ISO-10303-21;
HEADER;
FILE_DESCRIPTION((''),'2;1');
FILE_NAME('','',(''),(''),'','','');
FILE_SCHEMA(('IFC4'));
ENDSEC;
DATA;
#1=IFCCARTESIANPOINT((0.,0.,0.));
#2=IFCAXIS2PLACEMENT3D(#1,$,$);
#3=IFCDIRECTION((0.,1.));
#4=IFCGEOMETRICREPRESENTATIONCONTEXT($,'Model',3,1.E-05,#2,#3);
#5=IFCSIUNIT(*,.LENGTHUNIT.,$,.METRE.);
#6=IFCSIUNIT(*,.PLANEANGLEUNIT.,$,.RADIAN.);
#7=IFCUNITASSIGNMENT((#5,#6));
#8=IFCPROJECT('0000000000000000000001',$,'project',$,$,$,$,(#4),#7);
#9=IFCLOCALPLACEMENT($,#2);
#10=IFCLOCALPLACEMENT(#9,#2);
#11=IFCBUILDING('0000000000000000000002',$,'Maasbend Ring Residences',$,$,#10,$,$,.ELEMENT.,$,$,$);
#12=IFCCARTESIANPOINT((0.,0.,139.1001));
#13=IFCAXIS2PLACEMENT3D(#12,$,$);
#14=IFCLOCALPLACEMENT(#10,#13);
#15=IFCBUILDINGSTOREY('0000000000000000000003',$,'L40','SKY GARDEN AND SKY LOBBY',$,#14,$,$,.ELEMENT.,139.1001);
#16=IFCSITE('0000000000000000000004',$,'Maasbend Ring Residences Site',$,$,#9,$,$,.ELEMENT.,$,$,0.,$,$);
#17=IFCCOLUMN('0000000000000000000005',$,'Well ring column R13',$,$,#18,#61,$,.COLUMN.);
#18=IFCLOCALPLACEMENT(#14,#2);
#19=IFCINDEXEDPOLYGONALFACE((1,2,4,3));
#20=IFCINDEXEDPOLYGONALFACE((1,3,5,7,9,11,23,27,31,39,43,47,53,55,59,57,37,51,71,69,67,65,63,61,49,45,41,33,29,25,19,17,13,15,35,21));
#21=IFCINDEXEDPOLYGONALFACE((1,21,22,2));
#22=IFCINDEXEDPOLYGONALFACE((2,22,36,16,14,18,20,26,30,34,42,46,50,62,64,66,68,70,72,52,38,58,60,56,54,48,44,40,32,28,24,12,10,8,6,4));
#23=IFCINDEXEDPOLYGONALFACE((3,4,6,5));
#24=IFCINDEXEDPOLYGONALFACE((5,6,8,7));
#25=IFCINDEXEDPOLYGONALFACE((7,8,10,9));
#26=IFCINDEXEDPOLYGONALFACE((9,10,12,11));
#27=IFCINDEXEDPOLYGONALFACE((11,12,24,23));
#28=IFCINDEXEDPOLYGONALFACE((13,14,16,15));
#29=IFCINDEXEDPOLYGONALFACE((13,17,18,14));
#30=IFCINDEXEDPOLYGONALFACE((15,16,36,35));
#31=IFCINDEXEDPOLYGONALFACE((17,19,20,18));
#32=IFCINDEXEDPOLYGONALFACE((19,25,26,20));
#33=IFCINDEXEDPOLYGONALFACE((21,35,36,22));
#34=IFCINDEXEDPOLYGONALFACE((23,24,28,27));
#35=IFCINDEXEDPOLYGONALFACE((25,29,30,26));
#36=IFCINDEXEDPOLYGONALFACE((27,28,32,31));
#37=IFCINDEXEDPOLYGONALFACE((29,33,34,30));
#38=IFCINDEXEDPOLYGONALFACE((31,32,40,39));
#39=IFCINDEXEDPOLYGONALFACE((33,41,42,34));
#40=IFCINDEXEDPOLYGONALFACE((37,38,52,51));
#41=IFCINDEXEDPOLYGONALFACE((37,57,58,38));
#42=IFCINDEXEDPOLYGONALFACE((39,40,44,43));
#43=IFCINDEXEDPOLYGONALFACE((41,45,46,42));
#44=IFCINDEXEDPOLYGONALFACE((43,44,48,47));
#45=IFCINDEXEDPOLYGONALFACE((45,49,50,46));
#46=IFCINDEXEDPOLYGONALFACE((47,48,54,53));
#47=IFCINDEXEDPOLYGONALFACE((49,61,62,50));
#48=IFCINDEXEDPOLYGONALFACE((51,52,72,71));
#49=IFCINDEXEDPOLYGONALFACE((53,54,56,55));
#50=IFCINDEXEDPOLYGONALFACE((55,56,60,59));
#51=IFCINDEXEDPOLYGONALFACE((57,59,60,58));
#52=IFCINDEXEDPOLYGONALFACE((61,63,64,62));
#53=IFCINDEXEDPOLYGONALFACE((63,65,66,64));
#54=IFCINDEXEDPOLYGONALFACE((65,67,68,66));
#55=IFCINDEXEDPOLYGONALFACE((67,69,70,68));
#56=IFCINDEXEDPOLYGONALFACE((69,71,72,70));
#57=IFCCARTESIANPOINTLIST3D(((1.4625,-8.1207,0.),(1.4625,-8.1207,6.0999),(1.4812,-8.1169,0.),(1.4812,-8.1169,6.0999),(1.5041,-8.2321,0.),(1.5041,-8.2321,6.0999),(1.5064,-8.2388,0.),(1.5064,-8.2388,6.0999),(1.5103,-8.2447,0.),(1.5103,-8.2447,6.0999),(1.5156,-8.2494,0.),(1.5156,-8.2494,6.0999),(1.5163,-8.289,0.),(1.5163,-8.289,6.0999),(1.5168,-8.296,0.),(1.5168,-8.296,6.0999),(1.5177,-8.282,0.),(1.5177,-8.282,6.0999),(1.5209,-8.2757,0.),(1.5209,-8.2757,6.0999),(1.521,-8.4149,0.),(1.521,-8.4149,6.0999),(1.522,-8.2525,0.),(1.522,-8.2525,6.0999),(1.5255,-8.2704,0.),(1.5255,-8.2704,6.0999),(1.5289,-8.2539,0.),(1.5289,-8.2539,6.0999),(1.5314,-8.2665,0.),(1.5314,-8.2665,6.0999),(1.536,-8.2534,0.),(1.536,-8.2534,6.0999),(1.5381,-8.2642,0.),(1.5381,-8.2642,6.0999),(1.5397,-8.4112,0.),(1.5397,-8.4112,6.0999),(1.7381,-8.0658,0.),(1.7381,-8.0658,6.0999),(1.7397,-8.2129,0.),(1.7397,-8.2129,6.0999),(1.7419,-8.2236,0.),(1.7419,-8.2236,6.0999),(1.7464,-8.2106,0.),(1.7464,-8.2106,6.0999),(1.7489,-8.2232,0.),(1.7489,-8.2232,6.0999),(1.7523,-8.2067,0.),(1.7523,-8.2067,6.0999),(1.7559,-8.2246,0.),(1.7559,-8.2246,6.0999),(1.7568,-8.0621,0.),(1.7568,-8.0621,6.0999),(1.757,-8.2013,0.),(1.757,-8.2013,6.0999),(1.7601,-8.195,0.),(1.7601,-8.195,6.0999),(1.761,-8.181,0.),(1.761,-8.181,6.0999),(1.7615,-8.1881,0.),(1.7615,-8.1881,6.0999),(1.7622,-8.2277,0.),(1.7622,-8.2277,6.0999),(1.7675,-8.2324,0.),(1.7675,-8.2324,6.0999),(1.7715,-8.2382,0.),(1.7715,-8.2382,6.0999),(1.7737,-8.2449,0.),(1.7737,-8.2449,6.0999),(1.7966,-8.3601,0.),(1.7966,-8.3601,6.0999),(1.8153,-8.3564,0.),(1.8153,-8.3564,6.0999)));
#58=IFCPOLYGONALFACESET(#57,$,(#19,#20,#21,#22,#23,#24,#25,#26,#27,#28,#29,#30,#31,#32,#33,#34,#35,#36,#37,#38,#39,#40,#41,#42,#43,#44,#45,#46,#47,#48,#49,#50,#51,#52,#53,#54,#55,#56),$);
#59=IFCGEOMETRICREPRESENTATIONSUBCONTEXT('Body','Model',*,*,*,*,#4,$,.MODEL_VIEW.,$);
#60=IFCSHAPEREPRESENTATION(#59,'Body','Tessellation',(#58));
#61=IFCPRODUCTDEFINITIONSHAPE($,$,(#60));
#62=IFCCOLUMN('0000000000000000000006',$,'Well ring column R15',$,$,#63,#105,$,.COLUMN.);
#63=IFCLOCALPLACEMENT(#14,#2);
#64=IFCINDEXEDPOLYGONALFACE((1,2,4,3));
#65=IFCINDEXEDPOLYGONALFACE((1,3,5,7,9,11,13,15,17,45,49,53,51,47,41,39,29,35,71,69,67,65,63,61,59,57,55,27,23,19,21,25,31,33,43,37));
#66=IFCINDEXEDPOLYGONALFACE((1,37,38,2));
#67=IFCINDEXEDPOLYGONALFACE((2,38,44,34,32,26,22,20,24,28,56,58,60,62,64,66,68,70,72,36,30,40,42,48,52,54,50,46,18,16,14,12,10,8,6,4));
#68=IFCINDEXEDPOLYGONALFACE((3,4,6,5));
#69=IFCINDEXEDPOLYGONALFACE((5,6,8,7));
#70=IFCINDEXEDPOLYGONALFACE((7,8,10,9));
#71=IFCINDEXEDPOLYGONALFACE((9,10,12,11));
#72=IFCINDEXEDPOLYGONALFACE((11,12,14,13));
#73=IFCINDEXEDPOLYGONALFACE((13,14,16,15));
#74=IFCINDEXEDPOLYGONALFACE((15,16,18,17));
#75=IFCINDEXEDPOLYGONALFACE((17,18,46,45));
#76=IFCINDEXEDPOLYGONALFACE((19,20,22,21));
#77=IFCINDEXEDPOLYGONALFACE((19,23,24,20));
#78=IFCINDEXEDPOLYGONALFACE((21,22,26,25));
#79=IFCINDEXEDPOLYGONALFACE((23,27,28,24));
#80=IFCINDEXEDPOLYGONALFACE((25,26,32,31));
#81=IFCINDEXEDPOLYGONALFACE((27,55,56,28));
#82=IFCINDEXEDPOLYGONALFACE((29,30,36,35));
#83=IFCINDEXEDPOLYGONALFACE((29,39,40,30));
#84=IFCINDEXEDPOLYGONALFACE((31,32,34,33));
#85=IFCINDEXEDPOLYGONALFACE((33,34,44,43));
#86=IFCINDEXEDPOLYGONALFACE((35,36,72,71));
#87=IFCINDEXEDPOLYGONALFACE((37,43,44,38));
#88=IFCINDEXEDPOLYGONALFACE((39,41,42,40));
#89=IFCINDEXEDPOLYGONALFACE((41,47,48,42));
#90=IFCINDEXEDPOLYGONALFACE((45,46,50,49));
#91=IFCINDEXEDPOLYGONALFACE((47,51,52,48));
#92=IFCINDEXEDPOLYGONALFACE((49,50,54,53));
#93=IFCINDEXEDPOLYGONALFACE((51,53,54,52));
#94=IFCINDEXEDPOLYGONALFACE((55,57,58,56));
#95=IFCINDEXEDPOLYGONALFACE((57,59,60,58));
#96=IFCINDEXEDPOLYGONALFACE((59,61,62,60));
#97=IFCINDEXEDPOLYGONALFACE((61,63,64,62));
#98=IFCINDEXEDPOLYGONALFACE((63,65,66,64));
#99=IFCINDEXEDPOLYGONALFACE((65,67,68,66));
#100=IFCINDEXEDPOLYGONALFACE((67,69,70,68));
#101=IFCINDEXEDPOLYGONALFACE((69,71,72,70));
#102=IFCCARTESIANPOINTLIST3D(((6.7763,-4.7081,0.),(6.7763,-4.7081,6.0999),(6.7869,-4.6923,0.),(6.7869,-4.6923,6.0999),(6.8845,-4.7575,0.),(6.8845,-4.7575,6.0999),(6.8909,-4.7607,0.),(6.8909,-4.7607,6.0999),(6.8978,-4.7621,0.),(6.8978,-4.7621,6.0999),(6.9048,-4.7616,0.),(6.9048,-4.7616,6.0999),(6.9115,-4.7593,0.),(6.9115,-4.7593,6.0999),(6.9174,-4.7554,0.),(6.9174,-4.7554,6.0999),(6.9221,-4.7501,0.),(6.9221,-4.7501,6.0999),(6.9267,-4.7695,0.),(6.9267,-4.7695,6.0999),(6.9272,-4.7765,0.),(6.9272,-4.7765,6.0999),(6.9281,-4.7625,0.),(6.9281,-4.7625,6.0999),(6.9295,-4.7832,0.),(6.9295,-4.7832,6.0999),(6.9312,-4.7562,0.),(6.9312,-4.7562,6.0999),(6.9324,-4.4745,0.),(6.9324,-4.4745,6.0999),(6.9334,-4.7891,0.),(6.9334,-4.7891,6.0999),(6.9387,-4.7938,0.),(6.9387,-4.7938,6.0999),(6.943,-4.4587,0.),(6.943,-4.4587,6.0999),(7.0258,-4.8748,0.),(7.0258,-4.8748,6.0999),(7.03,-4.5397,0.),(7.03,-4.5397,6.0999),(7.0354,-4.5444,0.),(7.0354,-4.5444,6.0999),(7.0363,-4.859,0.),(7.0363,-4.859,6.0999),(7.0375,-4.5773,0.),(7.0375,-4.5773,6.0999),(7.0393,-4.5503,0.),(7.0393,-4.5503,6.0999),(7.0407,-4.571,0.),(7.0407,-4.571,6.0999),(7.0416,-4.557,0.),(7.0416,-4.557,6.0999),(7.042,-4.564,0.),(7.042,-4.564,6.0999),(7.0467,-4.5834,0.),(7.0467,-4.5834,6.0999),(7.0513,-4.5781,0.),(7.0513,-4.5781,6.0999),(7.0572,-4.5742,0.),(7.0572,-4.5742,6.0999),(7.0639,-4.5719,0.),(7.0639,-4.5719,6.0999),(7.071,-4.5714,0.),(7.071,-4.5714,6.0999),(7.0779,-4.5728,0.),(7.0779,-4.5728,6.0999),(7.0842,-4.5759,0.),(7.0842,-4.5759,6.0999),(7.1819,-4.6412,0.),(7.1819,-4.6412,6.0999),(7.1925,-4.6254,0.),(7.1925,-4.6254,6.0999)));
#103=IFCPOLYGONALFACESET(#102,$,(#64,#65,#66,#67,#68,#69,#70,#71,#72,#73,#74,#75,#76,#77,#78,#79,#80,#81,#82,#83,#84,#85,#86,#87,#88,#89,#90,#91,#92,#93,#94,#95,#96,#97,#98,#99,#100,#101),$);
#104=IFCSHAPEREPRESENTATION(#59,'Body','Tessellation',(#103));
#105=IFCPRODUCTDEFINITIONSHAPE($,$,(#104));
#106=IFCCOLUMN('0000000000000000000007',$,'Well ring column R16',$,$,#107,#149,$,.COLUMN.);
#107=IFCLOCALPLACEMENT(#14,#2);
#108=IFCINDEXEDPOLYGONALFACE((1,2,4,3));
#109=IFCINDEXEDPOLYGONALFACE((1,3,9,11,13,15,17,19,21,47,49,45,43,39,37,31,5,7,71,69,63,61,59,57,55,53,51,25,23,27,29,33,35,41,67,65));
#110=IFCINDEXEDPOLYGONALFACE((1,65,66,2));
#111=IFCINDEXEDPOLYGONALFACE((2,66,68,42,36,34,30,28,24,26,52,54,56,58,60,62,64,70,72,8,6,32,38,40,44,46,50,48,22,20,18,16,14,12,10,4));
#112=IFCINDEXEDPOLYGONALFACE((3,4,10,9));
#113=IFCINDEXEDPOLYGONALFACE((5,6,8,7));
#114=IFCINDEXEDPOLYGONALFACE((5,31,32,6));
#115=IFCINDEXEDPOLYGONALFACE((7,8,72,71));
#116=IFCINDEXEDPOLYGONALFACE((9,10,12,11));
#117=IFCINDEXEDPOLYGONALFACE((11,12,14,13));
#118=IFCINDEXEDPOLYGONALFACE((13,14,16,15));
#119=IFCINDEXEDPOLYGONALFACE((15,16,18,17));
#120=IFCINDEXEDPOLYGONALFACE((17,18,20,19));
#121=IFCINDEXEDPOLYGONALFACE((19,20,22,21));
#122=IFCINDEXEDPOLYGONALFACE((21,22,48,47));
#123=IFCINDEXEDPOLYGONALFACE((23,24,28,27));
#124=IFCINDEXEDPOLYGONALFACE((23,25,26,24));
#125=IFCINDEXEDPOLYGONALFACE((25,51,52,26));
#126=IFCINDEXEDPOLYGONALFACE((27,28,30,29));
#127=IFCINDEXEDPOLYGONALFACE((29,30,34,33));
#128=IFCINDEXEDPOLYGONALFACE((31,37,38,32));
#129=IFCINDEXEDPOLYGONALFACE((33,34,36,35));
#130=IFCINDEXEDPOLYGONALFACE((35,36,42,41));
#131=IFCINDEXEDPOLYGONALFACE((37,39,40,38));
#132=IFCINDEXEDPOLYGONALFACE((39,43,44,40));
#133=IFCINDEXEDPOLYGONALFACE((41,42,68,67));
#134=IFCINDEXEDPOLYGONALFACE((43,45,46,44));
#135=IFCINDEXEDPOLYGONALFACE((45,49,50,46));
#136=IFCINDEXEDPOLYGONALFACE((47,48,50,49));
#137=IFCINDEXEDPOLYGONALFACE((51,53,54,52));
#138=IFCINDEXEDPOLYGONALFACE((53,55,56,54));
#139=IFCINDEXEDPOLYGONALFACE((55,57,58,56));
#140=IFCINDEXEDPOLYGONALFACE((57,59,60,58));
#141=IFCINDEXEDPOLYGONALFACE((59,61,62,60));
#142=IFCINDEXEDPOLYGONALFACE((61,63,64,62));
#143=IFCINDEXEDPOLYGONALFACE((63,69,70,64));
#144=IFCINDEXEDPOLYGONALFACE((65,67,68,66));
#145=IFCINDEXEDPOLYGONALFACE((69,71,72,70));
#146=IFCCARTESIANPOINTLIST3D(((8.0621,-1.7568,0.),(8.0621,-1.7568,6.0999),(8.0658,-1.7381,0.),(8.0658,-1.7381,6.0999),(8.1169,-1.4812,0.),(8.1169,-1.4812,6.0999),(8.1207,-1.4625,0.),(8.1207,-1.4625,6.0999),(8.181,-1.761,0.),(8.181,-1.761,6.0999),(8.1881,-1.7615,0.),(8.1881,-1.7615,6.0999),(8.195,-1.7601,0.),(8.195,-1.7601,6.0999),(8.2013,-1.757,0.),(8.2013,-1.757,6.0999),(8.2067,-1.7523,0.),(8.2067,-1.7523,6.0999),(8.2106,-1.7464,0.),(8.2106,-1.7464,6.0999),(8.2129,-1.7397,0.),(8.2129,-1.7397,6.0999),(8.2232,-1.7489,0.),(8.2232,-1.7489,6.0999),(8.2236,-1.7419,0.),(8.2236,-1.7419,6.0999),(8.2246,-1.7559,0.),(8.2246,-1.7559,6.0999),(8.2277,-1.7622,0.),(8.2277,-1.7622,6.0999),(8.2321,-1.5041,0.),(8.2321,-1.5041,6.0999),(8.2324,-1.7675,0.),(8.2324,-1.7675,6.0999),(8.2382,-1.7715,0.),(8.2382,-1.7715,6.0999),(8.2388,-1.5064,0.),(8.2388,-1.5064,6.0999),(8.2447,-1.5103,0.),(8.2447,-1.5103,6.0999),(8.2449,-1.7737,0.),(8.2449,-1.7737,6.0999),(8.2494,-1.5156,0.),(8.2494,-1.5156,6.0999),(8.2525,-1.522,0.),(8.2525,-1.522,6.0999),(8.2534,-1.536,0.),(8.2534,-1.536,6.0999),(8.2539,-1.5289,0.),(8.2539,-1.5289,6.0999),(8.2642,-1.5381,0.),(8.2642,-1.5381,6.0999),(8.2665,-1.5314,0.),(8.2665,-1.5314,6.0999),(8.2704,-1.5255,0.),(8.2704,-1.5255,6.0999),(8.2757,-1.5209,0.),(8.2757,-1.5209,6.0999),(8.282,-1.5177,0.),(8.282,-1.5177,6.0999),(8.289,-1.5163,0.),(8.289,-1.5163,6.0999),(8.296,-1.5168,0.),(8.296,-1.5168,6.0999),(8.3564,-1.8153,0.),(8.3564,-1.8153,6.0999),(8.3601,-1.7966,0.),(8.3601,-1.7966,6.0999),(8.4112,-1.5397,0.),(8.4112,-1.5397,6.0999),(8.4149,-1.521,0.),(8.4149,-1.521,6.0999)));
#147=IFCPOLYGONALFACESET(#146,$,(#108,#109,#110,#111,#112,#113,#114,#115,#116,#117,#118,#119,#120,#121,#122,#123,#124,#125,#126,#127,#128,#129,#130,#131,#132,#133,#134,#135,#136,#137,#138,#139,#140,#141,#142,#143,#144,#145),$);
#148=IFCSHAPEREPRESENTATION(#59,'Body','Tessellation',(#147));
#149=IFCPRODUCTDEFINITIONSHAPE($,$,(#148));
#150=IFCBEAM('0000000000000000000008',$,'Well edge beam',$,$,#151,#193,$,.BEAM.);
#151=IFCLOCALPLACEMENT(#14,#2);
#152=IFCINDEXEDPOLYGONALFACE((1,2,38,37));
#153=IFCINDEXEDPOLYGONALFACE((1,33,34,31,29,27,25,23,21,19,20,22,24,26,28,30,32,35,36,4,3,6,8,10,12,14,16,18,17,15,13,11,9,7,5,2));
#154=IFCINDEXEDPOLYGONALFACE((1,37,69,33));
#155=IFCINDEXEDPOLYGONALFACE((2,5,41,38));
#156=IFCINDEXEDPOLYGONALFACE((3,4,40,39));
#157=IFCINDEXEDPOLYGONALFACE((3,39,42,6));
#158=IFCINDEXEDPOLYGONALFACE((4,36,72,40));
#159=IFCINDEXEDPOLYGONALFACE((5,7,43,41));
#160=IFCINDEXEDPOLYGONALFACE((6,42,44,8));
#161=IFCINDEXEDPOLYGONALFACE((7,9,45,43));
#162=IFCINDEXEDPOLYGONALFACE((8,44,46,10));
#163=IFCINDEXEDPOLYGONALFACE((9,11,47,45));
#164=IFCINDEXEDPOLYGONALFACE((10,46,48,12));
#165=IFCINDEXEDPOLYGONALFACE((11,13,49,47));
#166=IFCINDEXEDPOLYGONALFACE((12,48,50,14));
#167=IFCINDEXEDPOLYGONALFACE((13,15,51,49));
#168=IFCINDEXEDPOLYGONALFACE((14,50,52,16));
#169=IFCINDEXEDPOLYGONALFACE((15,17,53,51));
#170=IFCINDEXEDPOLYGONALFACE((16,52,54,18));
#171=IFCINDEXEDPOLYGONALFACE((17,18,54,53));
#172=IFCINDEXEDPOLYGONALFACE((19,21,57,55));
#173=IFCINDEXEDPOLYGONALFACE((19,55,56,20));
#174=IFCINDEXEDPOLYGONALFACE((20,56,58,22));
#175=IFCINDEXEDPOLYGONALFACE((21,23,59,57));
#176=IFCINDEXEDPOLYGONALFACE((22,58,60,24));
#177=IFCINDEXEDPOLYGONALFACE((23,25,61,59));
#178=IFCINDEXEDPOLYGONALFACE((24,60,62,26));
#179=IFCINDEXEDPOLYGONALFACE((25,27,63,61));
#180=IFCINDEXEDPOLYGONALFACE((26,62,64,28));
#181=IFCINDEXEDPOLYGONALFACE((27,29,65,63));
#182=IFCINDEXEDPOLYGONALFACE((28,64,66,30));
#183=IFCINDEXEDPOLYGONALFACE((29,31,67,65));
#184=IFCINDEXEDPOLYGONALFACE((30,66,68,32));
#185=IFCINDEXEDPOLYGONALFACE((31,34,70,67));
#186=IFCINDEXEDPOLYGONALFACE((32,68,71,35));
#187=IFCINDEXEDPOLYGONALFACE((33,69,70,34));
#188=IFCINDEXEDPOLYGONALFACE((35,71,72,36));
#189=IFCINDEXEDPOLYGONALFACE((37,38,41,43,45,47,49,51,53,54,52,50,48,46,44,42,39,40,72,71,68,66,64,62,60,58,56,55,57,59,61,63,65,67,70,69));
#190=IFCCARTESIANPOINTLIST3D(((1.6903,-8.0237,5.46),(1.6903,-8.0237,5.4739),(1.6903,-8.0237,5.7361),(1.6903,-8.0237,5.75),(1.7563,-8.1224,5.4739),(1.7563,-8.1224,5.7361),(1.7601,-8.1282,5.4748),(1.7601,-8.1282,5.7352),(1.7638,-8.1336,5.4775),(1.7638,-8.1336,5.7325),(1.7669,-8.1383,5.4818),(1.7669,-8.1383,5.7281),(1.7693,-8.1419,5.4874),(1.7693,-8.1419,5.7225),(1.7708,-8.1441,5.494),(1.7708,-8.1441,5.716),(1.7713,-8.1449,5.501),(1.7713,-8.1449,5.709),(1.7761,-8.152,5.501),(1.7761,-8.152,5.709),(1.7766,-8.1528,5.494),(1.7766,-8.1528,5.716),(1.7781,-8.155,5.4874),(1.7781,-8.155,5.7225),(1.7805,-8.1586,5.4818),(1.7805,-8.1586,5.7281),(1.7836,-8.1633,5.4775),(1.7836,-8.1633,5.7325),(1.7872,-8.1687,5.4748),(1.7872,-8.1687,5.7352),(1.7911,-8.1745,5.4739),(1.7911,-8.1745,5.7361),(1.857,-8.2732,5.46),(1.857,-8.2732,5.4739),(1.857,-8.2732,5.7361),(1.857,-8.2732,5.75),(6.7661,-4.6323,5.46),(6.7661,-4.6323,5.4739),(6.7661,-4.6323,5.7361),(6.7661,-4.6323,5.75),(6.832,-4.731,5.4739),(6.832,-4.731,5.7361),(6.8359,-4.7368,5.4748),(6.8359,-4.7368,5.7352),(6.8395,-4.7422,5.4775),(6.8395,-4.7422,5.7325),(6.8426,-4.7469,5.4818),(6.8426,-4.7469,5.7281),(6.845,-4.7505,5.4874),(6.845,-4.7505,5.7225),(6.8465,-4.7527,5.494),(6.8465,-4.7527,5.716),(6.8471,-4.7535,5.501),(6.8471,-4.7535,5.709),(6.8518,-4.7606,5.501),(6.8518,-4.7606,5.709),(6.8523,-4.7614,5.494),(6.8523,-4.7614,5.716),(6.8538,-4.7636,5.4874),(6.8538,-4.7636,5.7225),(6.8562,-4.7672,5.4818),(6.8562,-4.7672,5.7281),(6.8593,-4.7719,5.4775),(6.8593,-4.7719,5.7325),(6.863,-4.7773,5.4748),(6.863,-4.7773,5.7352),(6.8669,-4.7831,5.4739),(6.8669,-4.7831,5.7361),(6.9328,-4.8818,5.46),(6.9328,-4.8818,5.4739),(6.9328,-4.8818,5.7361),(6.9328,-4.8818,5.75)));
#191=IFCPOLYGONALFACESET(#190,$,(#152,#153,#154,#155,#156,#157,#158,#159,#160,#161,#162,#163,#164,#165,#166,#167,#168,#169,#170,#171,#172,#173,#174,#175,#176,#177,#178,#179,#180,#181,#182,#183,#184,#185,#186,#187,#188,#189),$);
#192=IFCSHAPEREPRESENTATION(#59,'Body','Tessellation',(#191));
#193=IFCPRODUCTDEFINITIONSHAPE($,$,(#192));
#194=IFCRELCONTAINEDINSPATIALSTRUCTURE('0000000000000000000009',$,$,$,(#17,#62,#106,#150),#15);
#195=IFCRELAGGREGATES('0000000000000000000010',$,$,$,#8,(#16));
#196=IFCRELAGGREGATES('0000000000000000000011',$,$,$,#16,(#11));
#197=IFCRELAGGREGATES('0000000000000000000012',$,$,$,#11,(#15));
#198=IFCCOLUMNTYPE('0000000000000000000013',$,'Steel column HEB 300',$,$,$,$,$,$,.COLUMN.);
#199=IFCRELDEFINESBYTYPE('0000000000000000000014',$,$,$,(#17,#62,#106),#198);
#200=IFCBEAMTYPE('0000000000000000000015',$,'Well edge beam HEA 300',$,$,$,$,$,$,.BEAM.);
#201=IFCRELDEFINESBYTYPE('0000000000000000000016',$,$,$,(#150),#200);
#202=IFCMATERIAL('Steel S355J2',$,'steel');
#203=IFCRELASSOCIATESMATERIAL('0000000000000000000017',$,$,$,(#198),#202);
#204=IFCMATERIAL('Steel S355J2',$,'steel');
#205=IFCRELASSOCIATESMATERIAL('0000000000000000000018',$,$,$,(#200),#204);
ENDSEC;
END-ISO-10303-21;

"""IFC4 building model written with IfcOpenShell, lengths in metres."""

from ifc_helpers import new_model, si_unit, direction, frame, origin, origin_2d, place, context, subcontext, project, spatial, i_section, extrude, material, material_profile, profile_set, type_object, element, save


model = new_model("IFC4")

# Units and contexts
model_context = context("Model", 3, precision=1e-05, world=origin(), true_north=direction((0.0, 1.0)))
body_context = subcontext(model_context, "Body", "Model", "MODEL_VIEW")
ifc_project = project(units=[si_unit("LENGTHUNIT", "METRE"), si_unit("PLANEANGLEUNIT", "RADIAN")], contexts=[model_context])

# Site, building, storey
site_placement = place(None, origin())
site = spatial("IfcSite", under=ifc_project, at=site_placement, Name="Maasbend Ring Residences Site", CompositionType="ELEMENT", RefElevation=0.0)
building_placement = place(site_placement, origin())
building = spatial("IfcBuilding", under=site, at=building_placement, Name="Maasbend Ring Residences", CompositionType="ELEMENT")
storey_placement = place(building_placement, frame((0.0, 0.0, 139.1001)))
storey = spatial("IfcBuildingStorey", under=building, at=storey_placement, Name="L40", Description="SKY GARDEN AND SKY LOBBY", CompositionType="ELEMENT", Elevation=139.1001)

# Columns
ifc_material_1 = material(Name="Steel S355J2", Category="steel")
ifc_material_profile_1 = material_profile(ifc_material_1, i_section(OverallWidth=0.3, OverallDepth=0.3, WebThickness=0.011, FlangeThickness=0.019, FilletRadius=0.0271, at=origin_2d()), Name="HEB 300")
ifc_profile_set_1 = profile_set([ifc_material_profile_1], Name="Steel S355J2")
column_type = type_object("IfcColumnType", Name="Steel column HEB 300", PredefinedType="COLUMN", material=ifc_profile_set_1)
for number, where, z_axis, x_axis, name in (
    (1, (1.6389, -8.2385, 0.0), (0.0, 0.0, 1.0), (0.19509, -0.980785, 0.0), "Well ring column R13"),
    (2, (6.9844, -4.6667, 0.0), (0.0, 0.0, 1.0), (0.83147, -0.55557, 0.0), "Well ring column R15"),
    (3, (8.2385, -1.6389, 0.0), (0.0, 0.0, 1.0), (0.980785, -0.19509, 0.0), "Well ring column R16"),
):
    element("IfcColumn", number, at=place(storey_placement, frame(where, z_axis=z_axis, x_axis=x_axis)), inside=storey, type_object=column_type, Name=name, PredefinedType="COLUMN", context=body_context, shape_type="SweptSolid", body=[
        extrude(i_section(OverallWidth=0.3, OverallDepth=0.3, WebThickness=0.011, FlangeThickness=0.019, FilletRadius=0.0271, at=origin_2d()), origin(), (0.0, 0.0, 1.0), 6.0999),
    ])

# Beam
ifc_material_2 = material(Name="Steel S355J2", Category="steel")
ifc_material_profile_2 = material_profile(ifc_material_2, i_section(OverallWidth=0.3, OverallDepth=0.29, WebThickness=0.0085, FlangeThickness=0.0139, FilletRadius=0.0271, at=origin_2d()), Name="HEA 300")
ifc_profile_set_2 = profile_set([ifc_material_profile_2], Name="Steel S355J2")
beam_type = type_object("IfcBeamType", Name="Well edge beam HEA 300", PredefinedType="BEAM", material=ifc_profile_set_2)
beam_placement = place(storey_placement, frame((1.7737, -8.1484, 5.605), z_axis=(0.831478, 0.555558, 0.0), x_axis=(-0.555558, 0.831478, 0.0)))
element("IfcBeam", 4, at=beam_placement, inside=storey, type_object=beam_type, Name="Well edge beam", PredefinedType="BEAM", context=body_context, shape_type="SweptSolid", body=[
    extrude(i_section(OverallWidth=0.3, OverallDepth=0.29, WebThickness=0.0085, FlangeThickness=0.0139, FilletRadius=0.0271, at=origin_2d()), origin(), (0.0, 0.0, 1.0), 6.1045),
])

save(model, "model.ifc")
